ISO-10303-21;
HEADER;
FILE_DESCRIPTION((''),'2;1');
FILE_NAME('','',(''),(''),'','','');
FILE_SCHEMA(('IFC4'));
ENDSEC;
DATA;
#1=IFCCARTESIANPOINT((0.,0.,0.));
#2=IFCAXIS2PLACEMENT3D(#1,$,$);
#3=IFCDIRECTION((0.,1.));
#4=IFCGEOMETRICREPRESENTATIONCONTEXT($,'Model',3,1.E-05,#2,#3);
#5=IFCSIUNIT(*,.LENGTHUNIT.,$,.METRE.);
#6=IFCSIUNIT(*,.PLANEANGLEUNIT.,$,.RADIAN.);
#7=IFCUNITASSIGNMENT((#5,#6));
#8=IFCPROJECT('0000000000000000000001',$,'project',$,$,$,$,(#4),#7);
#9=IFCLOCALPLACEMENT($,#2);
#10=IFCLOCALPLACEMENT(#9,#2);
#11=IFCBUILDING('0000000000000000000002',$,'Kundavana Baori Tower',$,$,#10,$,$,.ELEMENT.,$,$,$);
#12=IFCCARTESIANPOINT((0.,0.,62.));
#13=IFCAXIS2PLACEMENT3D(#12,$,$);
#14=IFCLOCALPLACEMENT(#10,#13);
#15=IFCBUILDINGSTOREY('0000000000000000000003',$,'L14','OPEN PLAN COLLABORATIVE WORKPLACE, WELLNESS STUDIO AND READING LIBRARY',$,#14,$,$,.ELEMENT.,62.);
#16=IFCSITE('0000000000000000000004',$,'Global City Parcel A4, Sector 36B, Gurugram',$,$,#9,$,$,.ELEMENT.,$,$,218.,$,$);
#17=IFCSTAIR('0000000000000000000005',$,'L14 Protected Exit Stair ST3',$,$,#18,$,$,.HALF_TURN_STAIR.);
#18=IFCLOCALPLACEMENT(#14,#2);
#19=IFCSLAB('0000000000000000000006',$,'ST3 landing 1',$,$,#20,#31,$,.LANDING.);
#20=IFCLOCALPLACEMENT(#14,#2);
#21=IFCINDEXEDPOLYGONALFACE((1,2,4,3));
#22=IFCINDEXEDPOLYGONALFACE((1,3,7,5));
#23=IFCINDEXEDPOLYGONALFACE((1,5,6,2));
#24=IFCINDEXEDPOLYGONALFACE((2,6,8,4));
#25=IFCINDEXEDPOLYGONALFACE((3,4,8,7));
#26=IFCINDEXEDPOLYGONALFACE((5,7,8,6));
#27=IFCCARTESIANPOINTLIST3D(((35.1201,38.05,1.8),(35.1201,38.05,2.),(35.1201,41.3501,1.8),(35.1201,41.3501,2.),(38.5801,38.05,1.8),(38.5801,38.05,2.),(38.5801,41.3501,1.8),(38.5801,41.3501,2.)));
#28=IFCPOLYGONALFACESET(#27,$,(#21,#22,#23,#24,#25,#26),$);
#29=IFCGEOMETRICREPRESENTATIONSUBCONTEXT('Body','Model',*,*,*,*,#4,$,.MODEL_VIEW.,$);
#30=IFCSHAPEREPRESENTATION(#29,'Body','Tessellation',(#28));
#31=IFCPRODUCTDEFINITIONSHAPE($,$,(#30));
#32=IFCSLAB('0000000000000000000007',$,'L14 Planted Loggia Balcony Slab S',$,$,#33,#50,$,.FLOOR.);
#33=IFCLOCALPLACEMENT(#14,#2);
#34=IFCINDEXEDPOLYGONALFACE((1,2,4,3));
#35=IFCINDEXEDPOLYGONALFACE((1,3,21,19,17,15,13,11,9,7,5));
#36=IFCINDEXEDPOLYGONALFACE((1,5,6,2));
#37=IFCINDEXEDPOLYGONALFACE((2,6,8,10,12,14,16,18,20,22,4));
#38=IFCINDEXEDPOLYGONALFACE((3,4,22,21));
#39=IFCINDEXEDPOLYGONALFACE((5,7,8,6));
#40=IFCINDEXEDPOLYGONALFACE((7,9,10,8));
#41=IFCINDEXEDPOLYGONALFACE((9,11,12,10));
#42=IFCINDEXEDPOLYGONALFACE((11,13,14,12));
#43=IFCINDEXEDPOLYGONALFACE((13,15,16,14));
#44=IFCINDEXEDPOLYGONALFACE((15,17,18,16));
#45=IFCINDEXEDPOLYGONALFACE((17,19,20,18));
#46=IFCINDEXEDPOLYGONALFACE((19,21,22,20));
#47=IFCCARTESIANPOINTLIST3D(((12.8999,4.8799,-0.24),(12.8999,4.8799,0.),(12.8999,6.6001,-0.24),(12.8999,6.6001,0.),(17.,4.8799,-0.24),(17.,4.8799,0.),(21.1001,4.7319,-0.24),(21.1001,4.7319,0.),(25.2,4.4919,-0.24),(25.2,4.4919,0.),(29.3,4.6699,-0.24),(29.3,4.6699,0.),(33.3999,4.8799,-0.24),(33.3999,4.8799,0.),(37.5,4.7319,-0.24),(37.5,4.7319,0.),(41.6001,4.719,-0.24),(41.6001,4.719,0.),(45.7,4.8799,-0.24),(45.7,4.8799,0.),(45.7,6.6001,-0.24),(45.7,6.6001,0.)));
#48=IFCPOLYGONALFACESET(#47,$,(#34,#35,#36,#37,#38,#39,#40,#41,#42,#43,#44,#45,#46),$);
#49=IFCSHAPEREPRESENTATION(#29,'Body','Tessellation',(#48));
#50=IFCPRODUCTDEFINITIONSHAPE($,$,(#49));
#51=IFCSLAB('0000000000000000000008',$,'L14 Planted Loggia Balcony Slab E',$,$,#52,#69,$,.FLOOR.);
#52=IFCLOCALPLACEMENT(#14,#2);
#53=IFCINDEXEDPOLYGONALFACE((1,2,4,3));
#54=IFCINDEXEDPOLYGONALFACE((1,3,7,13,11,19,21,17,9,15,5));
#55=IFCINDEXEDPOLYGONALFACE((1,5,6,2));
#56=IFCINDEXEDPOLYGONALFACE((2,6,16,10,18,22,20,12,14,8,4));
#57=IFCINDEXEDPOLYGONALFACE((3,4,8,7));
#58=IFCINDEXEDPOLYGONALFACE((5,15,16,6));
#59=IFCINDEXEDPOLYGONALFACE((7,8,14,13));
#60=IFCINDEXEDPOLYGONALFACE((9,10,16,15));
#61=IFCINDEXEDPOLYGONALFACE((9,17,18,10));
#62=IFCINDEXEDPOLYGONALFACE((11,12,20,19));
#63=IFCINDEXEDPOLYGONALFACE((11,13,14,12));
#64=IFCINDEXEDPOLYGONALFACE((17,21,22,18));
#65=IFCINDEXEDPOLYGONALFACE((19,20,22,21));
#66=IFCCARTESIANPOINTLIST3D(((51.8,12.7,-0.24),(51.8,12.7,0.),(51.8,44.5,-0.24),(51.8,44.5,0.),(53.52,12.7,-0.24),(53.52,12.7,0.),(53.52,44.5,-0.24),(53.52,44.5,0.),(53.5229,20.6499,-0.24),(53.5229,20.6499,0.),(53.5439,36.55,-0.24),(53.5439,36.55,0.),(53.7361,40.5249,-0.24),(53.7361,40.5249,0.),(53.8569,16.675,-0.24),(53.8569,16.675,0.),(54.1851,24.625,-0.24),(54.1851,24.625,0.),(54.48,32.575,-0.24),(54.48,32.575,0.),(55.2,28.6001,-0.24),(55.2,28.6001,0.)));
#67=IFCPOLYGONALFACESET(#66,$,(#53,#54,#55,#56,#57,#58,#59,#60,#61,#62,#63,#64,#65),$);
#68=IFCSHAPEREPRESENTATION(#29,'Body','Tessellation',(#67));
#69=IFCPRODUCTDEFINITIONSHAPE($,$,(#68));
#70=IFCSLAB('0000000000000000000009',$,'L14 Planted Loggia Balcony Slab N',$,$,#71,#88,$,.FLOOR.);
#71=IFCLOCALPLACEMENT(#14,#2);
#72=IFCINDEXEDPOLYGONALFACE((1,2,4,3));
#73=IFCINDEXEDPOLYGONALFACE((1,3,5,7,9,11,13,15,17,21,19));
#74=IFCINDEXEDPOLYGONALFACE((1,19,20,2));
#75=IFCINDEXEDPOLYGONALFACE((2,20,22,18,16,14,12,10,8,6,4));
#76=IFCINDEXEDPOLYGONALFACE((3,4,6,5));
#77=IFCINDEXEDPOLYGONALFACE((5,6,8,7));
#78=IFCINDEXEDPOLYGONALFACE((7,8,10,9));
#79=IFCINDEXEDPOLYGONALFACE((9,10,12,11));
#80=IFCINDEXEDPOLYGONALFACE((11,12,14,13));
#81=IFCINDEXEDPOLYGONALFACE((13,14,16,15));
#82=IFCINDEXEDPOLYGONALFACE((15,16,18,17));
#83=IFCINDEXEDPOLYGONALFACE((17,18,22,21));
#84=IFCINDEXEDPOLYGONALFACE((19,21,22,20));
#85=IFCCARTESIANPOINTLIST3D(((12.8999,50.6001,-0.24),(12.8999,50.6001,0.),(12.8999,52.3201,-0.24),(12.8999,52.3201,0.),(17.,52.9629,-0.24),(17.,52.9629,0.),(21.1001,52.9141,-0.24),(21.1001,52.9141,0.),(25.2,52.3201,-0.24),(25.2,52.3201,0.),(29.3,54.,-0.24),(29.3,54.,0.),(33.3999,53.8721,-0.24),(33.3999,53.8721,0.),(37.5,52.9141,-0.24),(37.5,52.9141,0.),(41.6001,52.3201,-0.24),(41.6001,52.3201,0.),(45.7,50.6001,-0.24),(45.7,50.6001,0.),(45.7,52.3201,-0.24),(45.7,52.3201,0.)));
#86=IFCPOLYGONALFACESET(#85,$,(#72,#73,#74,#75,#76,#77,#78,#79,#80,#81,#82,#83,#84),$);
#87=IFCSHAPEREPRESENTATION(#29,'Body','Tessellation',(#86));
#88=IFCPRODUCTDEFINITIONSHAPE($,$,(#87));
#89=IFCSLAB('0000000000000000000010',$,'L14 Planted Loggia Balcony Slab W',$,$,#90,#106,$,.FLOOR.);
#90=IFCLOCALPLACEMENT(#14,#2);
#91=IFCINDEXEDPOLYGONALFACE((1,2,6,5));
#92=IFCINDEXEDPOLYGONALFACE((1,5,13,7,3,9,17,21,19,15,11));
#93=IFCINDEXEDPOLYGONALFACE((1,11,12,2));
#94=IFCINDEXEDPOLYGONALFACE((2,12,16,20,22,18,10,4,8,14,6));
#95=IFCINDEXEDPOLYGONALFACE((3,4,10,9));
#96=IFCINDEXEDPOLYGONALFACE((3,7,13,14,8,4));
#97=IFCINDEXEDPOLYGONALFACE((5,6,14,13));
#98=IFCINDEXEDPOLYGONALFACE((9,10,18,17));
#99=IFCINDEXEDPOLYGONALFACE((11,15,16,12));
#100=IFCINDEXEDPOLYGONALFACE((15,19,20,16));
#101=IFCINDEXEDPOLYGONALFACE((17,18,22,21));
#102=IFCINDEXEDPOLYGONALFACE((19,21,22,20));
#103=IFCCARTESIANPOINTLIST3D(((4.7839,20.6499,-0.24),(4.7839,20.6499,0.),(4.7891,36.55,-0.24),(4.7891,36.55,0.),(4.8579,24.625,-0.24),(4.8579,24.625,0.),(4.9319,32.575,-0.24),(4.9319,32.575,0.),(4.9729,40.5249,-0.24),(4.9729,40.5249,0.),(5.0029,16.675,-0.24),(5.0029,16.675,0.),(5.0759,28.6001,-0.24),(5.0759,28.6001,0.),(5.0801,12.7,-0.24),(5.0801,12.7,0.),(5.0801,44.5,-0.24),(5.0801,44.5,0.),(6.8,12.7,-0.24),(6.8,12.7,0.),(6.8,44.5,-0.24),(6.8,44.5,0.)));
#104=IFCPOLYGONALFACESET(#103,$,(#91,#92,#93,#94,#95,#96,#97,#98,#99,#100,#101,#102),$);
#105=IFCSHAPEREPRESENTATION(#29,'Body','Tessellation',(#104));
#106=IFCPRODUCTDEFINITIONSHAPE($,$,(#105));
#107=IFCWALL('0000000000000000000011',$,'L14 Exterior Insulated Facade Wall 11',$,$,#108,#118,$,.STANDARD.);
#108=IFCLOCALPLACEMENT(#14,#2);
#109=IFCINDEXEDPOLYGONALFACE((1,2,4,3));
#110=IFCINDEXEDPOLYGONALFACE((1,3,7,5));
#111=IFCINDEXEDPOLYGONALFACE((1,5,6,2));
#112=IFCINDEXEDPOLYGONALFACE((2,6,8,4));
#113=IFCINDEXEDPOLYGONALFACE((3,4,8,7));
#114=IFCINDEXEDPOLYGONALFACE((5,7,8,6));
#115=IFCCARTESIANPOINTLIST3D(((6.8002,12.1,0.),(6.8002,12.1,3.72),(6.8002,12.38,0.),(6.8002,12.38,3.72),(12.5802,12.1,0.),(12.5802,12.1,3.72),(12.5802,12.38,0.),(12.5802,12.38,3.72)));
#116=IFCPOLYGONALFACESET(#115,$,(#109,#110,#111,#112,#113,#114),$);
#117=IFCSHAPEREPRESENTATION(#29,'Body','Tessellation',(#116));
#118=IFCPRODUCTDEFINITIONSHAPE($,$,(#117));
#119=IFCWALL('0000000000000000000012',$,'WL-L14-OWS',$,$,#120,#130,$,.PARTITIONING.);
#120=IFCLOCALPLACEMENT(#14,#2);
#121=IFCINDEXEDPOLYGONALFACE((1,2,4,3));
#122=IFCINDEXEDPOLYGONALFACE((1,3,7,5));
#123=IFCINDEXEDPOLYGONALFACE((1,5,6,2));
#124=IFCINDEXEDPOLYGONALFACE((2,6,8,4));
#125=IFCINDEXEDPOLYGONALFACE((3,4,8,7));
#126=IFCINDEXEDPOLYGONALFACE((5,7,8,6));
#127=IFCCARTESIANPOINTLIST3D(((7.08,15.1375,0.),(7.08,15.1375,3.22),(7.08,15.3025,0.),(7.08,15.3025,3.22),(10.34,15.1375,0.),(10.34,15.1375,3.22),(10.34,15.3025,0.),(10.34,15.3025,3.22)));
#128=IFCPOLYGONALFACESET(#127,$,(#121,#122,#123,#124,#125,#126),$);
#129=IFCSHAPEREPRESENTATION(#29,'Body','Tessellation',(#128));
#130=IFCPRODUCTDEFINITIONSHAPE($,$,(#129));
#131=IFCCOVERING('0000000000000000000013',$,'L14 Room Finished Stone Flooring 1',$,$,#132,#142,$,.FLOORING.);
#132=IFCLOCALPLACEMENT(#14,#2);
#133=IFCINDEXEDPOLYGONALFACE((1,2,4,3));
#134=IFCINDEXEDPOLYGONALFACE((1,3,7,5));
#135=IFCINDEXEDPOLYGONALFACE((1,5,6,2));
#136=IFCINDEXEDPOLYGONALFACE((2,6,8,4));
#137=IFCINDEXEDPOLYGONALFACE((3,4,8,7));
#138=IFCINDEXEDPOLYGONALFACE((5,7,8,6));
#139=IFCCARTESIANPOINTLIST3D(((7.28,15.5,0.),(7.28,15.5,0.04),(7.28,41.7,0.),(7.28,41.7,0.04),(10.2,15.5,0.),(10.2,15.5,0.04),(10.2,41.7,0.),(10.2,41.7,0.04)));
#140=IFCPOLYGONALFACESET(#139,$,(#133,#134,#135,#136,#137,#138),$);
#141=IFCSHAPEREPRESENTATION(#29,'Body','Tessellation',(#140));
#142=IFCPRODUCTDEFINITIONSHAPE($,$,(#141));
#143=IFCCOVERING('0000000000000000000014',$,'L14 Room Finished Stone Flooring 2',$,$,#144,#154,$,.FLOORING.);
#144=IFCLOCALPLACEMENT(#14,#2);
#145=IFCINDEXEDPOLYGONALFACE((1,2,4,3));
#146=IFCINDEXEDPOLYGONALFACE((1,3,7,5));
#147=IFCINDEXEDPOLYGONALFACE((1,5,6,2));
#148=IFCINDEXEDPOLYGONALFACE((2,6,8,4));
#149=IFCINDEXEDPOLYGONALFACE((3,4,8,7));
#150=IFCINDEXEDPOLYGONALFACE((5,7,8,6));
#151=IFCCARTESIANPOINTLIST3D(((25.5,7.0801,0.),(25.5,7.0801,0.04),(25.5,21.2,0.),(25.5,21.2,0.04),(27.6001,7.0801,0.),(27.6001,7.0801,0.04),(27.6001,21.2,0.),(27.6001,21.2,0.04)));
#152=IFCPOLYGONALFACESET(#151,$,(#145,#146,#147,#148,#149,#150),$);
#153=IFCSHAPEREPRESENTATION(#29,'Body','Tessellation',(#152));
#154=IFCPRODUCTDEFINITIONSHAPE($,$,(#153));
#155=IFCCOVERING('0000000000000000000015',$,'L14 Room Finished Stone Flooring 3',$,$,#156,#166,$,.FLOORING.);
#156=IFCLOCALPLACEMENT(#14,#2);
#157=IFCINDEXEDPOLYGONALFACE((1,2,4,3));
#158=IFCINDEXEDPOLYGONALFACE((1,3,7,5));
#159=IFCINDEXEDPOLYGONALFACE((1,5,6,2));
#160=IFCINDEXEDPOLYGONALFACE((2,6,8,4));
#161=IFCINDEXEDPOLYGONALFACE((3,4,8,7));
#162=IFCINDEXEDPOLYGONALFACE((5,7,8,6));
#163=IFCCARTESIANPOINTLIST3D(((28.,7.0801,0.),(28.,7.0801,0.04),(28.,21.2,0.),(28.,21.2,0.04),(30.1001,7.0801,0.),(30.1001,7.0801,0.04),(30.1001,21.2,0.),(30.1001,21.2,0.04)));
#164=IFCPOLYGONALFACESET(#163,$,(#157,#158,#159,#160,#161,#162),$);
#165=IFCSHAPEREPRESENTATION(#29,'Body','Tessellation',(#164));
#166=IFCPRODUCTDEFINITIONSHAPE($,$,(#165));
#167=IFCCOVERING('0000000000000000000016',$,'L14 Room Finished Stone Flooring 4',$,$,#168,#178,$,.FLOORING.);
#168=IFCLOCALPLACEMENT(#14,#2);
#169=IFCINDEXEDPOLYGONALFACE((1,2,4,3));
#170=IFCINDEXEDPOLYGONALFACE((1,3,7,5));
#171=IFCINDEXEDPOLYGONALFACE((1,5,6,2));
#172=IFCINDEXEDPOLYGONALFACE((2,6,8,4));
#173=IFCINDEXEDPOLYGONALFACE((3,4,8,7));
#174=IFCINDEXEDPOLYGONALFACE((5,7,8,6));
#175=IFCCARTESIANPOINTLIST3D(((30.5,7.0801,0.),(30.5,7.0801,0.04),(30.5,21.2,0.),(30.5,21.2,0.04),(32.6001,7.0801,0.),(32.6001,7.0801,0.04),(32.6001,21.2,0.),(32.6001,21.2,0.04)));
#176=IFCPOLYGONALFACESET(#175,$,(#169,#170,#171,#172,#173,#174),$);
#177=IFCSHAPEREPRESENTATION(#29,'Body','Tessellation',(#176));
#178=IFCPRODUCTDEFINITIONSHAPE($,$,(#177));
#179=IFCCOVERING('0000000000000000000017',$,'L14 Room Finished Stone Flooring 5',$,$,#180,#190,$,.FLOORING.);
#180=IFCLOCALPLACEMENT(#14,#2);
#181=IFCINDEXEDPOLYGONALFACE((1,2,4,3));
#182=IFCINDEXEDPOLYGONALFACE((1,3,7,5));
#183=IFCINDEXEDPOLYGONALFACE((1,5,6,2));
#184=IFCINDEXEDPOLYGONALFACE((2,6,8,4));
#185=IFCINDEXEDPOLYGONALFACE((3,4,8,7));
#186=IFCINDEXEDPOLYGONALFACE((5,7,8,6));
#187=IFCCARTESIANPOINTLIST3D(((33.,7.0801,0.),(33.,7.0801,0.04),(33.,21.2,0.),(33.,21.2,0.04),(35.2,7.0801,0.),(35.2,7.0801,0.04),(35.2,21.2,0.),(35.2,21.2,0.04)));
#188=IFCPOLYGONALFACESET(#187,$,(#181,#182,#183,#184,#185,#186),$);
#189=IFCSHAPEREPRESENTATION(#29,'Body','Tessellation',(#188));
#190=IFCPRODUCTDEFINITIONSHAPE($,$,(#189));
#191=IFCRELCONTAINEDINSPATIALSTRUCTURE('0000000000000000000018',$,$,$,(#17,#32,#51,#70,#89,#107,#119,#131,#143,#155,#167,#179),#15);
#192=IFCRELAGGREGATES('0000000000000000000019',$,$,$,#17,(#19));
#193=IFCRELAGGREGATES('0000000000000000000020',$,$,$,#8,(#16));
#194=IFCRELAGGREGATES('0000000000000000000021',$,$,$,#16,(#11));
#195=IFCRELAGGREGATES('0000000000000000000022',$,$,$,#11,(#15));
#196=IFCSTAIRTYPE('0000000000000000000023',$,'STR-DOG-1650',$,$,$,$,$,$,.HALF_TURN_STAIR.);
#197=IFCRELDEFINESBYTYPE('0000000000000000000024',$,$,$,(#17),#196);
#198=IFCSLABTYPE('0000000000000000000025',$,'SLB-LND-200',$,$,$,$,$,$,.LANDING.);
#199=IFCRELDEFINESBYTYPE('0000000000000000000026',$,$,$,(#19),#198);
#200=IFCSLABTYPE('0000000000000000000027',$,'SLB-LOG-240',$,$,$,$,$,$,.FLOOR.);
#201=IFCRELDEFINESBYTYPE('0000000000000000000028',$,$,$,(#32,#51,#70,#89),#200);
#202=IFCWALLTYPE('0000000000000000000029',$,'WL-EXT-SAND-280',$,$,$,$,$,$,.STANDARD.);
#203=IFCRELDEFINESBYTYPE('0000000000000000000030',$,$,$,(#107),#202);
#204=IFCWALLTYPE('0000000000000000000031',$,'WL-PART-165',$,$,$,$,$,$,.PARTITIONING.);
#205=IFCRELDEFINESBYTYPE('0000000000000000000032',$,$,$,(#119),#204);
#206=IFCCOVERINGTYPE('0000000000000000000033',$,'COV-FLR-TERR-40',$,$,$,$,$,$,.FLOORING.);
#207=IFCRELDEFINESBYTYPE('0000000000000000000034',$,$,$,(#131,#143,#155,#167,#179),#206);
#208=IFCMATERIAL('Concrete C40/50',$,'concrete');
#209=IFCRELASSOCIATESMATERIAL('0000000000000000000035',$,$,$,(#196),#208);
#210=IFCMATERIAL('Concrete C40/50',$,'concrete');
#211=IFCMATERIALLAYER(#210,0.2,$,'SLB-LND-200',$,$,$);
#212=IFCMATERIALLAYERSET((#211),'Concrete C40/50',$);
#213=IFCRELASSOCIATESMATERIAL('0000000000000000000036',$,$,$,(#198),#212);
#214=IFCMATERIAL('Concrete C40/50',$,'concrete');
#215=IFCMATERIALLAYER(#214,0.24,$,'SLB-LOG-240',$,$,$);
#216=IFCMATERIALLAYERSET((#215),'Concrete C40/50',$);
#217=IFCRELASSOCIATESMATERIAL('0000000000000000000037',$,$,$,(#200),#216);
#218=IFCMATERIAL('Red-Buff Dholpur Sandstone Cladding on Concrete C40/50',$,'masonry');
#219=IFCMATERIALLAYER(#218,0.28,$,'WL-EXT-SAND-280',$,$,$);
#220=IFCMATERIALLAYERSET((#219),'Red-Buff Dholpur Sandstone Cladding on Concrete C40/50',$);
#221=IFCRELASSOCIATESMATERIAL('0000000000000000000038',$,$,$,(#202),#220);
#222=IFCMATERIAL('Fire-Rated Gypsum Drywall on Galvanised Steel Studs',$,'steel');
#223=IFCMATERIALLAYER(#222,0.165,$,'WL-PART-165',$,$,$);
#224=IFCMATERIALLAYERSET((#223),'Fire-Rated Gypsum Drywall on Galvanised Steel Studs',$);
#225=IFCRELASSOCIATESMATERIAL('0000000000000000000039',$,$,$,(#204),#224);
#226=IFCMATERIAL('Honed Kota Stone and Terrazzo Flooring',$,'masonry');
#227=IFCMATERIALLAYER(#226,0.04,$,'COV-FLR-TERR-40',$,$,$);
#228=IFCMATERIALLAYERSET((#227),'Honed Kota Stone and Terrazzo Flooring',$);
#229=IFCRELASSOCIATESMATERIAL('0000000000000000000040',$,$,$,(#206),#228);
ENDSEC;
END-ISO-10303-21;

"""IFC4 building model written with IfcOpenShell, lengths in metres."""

from ifc_helpers import new_model, si_unit, direction, frame, frame_2d, origin, place, context, subcontext, project, spatial, polyline, rectangle, outline, extrude, material, layer, layer_set, type_object, element, aggregate, save


model = new_model("IFC4")

# Units and contexts
model_context = context("Model", 3, precision=1e-05, world=origin(), true_north=direction((0.0, 1.0)))
body_context = subcontext(model_context, "Body", "Model", "MODEL_VIEW")
ifc_project = project(units=[si_unit("LENGTHUNIT", "METRE"), si_unit("PLANEANGLEUNIT", "RADIAN")], contexts=[model_context])

# Site, building, storey
site_placement = place(None, origin())
site = spatial("IfcSite", under=ifc_project, at=site_placement, Name="Global City Parcel A4, Sector 36B, Gurugram", CompositionType="ELEMENT", RefElevation=218.0)
building_placement = place(site_placement, origin())
building = spatial("IfcBuilding", under=site, at=building_placement, Name="Kundavana Baori Tower", CompositionType="ELEMENT")
storey_placement = place(building_placement, frame((0.0, 0.0, 62.0)))
storey = spatial("IfcBuildingStorey", under=building, at=storey_placement, Name="L14", Description="OPEN PLAN COLLABORATIVE WORKPLACE, WELLNESS STUDIO AND READING LIBRARY", CompositionType="ELEMENT", Elevation=62.0)

# Stair, slab
ifc_material_1 = material(Name="Concrete C40/50", Category="concrete")
stair_type = type_object("IfcStairType", Name="STR-DOG-1650", PredefinedType="HALF_TURN_STAIR", material=ifc_material_1)
ifc_material_2 = material(Name="Concrete C40/50", Category="concrete")
ifc_layer_1 = layer(ifc_material_2, 0.2, Name="SLB-LND-200")
ifc_layer_set_1 = layer_set([ifc_layer_1], Name="Concrete C40/50")
slab_type_1 = type_object("IfcSlabType", Name="SLB-LND-200", PredefinedType="LANDING", material=ifc_layer_set_1)
stair_1_placement = place(storey_placement, origin())
stair_1 = element("IfcStair", 1, at=stair_1_placement, inside=storey, type_object=stair_type, Name="L14 Protected Exit Stair ST3", PredefinedType="HALF_TURN_STAIR")
slab_1_placement = place(storey_placement, frame((0.0, 0.0, 1.8)))
slab_1 = element("IfcSlab", 2, at=slab_1_placement, type_object=slab_type_1, Name="ST3 landing 1", PredefinedType="LANDING", context=body_context, shape_type="SweptSolid", body=[
    extrude(outline(polyline([(38.5801, 38.05), (38.5801, 41.3501), (35.1201, 41.3501), (35.1201, 38.05), (38.5801, 38.05)])), origin(), (0.0, 0.0, 1.0), 0.2),
])
aggregate(stair_1, [slab_1])

# Slabs
ifc_material_3 = material(Name="Concrete C40/50", Category="concrete")
ifc_layer_2 = layer(ifc_material_3, 0.24, Name="SLB-LOG-240")
ifc_layer_set_2 = layer_set([ifc_layer_2], Name="Concrete C40/50")
slab_type_2 = type_object("IfcSlabType", Name="SLB-LOG-240", PredefinedType="FLOOR", material=ifc_layer_set_2)
slab_2_placement = place(storey_placement, frame((0.0, 0.0, -0.24)))
element("IfcSlab", 3, at=slab_2_placement, inside=storey, type_object=slab_type_2, Name="L14 Planted Loggia Balcony Slab S", PredefinedType="FLOOR", context=body_context, shape_type="SweptSolid", body=[
    extrude(outline(polyline([(12.8999, 6.6001), (45.7, 6.6001), (45.7, 4.8799), (41.6001, 4.719), (37.5, 4.7319), (33.3999, 4.8799), (29.3, 4.6699), (25.2, 4.4919), (21.1001, 4.7319), (17.0, 4.8799), (12.8999, 4.8799), (12.8999, 6.6001)])), origin(), (0.0, 0.0, 1.0), 0.24),
])
slab_3_placement = place(storey_placement, frame((0.0, 0.0, -0.24)))
element("IfcSlab", 4, at=slab_3_placement, inside=storey, type_object=slab_type_2, Name="L14 Planted Loggia Balcony Slab E", PredefinedType="FLOOR", context=body_context, shape_type="SweptSolid", body=[
    extrude(outline(polyline([(51.8, 12.7), (51.8, 44.5), (53.52, 44.5), (53.7361, 40.5249), (53.5439, 36.55), (54.48, 32.575), (55.2, 28.6001), (54.1851, 24.625), (53.5229, 20.6499), (53.8569, 16.675), (53.52, 12.7), (51.8, 12.7)])), origin(), (0.0, 0.0, 1.0), 0.24),
])
slab_4_placement = place(storey_placement, frame((0.0, 0.0, -0.24)))
element("IfcSlab", 5, at=slab_4_placement, inside=storey, type_object=slab_type_2, Name="L14 Planted Loggia Balcony Slab N", PredefinedType="FLOOR", context=body_context, shape_type="SweptSolid", body=[
    extrude(outline(polyline([(45.7, 50.6001), (12.8999, 50.6001), (12.8999, 52.3201), (17.0, 52.9629), (21.1001, 52.9141), (25.2, 52.3201), (29.3, 54.0), (33.3999, 53.8721), (37.5, 52.9141), (41.6001, 52.3201), (45.7, 52.3201), (45.7, 50.6001)])), origin(), (0.0, 0.0, 1.0), 0.24),
])
slab_5_placement = place(storey_placement, frame((0.0, 0.0, -0.24)))
element("IfcSlab", 6, at=slab_5_placement, inside=storey, type_object=slab_type_2, Name="L14 Planted Loggia Balcony Slab W", PredefinedType="FLOOR", context=body_context, shape_type="SweptSolid", body=[
    extrude(outline(polyline([(6.8, 44.5), (6.8, 12.7), (5.0801, 12.7), (5.0029, 16.675), (4.7839, 20.6499), (4.8579, 24.625), (5.0759, 28.6001), (4.9319, 32.575), (4.7891, 36.55), (4.9729, 40.5249), (5.0801, 44.5), (6.8, 44.5)])), origin(), (0.0, 0.0, 1.0), 0.24),
])

# Walls
ifc_material_4 = material(Name="Red-Buff Dholpur Sandstone Cladding on Concrete C40/50", Category="masonry")
ifc_layer_3 = layer(ifc_material_4, 0.28, Name="WL-EXT-SAND-280")
ifc_layer_set_3 = layer_set([ifc_layer_3], Name="Red-Buff Dholpur Sandstone Cladding on Concrete C40/50")
wall_type_1 = type_object("IfcWallType", Name="WL-EXT-SAND-280", PredefinedType="STANDARD", material=ifc_layer_set_3)
wall_1_placement = place(storey_placement, frame((6.8, 12.24, 0.0), z_axis=(0.0, 0.0, 1.0), x_axis=(1.0, 0.0, 0.0)))
element("IfcWall", 7, at=wall_1_placement, inside=storey, type_object=wall_type_1, Name="L14 Exterior Insulated Facade Wall 11", PredefinedType="STANDARD", context=body_context, shape_type="SweptSolid", body=[
    extrude(rectangle(XDim=5.78, YDim=0.28, at=frame_2d((2.8901, 0.0))), origin(), (0.0, 0.0, 1.0), 3.72),
])
ifc_material_5 = material(Name="Fire-Rated Gypsum Drywall on Galvanised Steel Studs", Category="steel")
ifc_layer_4 = layer(ifc_material_5, 0.165, Name="WL-PART-165")
ifc_layer_set_4 = layer_set([ifc_layer_4], Name="Fire-Rated Gypsum Drywall on Galvanised Steel Studs")
wall_type_2 = type_object("IfcWallType", Name="WL-PART-165", PredefinedType="PARTITIONING", material=ifc_layer_set_4)
wall_2_placement = place(storey_placement, frame((7.0801, 15.22, 0.0), z_axis=(0.0, 0.0, 1.0), x_axis=(1.0, 0.0, 0.0)))
element("IfcWall", 8, at=wall_2_placement, inside=storey, type_object=wall_type_2, Name="WL-L14-OWS", PredefinedType="PARTITIONING", context=body_context, shape_type="SweptSolid", body=[
    extrude(rectangle(XDim=3.26, YDim=0.165, at=frame_2d((1.6299, 0.0))), origin(), (0.0, 0.0, 1.0), 3.22),
])

# Coverings
ifc_material_6 = material(Name="Honed Kota Stone and Terrazzo Flooring", Category="masonry")
ifc_layer_5 = layer(ifc_material_6, 0.04, Name="COV-FLR-TERR-40")
ifc_layer_set_5 = layer_set([ifc_layer_5], Name="Honed Kota Stone and Terrazzo Flooring")
covering_type_1 = type_object("IfcCoveringType", Name="COV-FLR-TERR-40", PredefinedType="FLOORING", material=ifc_layer_set_5)
covering_1_placement = place(storey_placement, origin())
element("IfcCovering", 9, at=covering_1_placement, inside=storey, type_object=covering_type_1, Name="L14 Room Finished Stone Flooring 1", PredefinedType="FLOORING", context=body_context, shape_type="SweptSolid", body=[
    extrude(outline(polyline([(7.28, 15.5), (10.2, 15.5), (10.2, 41.7), (7.28, 41.7), (7.28, 15.5)])), origin(), (0.0, 0.0, 1.0), 0.04),
])
covering_2_placement = place(storey_placement, origin())
element("IfcCovering", 10, at=covering_2_placement, inside=storey, type_object=covering_type_1, Name="L14 Room Finished Stone Flooring 2", PredefinedType="FLOORING", context=body_context, shape_type="SweptSolid", body=[
    extrude(outline(polyline([(25.5, 7.0801), (27.6001, 7.0801), (27.6001, 21.2), (25.5, 21.2), (25.5, 7.0801)])), origin(), (0.0, 0.0, 1.0), 0.04),
])
covering_3_placement = place(storey_placement, origin())
element("IfcCovering", 11, at=covering_3_placement, inside=storey, type_object=covering_type_1, Name="L14 Room Finished Stone Flooring 3", PredefinedType="FLOORING", context=body_context, shape_type="SweptSolid", body=[
    extrude(outline(polyline([(28.0, 7.0801), (30.1001, 7.0801), (30.1001, 21.2), (28.0, 21.2), (28.0, 7.0801)])), origin(), (0.0, 0.0, 1.0), 0.04),
])
covering_4_placement = place(storey_placement, origin())
element("IfcCovering", 12, at=covering_4_placement, inside=storey, type_object=covering_type_1, Name="L14 Room Finished Stone Flooring 4", PredefinedType="FLOORING", context=body_context, shape_type="SweptSolid", body=[
    extrude(outline(polyline([(30.5, 7.0801), (32.6001, 7.0801), (32.6001, 21.2), (30.5, 21.2), (30.5, 7.0801)])), origin(), (0.0, 0.0, 1.0), 0.04),
])
covering_5_placement = place(storey_placement, origin())
element("IfcCovering", 13, at=covering_5_placement, inside=storey, type_object=covering_type_1, Name="L14 Room Finished Stone Flooring 5", PredefinedType="FLOORING", context=body_context, shape_type="SweptSolid", body=[
    extrude(outline(polyline([(33.0, 7.0801), (35.2, 7.0801), (35.2, 21.2), (33.0, 21.2), (33.0, 7.0801)])), origin(), (0.0, 0.0, 1.0), 0.04),
])

save(model, "model.ifc")
